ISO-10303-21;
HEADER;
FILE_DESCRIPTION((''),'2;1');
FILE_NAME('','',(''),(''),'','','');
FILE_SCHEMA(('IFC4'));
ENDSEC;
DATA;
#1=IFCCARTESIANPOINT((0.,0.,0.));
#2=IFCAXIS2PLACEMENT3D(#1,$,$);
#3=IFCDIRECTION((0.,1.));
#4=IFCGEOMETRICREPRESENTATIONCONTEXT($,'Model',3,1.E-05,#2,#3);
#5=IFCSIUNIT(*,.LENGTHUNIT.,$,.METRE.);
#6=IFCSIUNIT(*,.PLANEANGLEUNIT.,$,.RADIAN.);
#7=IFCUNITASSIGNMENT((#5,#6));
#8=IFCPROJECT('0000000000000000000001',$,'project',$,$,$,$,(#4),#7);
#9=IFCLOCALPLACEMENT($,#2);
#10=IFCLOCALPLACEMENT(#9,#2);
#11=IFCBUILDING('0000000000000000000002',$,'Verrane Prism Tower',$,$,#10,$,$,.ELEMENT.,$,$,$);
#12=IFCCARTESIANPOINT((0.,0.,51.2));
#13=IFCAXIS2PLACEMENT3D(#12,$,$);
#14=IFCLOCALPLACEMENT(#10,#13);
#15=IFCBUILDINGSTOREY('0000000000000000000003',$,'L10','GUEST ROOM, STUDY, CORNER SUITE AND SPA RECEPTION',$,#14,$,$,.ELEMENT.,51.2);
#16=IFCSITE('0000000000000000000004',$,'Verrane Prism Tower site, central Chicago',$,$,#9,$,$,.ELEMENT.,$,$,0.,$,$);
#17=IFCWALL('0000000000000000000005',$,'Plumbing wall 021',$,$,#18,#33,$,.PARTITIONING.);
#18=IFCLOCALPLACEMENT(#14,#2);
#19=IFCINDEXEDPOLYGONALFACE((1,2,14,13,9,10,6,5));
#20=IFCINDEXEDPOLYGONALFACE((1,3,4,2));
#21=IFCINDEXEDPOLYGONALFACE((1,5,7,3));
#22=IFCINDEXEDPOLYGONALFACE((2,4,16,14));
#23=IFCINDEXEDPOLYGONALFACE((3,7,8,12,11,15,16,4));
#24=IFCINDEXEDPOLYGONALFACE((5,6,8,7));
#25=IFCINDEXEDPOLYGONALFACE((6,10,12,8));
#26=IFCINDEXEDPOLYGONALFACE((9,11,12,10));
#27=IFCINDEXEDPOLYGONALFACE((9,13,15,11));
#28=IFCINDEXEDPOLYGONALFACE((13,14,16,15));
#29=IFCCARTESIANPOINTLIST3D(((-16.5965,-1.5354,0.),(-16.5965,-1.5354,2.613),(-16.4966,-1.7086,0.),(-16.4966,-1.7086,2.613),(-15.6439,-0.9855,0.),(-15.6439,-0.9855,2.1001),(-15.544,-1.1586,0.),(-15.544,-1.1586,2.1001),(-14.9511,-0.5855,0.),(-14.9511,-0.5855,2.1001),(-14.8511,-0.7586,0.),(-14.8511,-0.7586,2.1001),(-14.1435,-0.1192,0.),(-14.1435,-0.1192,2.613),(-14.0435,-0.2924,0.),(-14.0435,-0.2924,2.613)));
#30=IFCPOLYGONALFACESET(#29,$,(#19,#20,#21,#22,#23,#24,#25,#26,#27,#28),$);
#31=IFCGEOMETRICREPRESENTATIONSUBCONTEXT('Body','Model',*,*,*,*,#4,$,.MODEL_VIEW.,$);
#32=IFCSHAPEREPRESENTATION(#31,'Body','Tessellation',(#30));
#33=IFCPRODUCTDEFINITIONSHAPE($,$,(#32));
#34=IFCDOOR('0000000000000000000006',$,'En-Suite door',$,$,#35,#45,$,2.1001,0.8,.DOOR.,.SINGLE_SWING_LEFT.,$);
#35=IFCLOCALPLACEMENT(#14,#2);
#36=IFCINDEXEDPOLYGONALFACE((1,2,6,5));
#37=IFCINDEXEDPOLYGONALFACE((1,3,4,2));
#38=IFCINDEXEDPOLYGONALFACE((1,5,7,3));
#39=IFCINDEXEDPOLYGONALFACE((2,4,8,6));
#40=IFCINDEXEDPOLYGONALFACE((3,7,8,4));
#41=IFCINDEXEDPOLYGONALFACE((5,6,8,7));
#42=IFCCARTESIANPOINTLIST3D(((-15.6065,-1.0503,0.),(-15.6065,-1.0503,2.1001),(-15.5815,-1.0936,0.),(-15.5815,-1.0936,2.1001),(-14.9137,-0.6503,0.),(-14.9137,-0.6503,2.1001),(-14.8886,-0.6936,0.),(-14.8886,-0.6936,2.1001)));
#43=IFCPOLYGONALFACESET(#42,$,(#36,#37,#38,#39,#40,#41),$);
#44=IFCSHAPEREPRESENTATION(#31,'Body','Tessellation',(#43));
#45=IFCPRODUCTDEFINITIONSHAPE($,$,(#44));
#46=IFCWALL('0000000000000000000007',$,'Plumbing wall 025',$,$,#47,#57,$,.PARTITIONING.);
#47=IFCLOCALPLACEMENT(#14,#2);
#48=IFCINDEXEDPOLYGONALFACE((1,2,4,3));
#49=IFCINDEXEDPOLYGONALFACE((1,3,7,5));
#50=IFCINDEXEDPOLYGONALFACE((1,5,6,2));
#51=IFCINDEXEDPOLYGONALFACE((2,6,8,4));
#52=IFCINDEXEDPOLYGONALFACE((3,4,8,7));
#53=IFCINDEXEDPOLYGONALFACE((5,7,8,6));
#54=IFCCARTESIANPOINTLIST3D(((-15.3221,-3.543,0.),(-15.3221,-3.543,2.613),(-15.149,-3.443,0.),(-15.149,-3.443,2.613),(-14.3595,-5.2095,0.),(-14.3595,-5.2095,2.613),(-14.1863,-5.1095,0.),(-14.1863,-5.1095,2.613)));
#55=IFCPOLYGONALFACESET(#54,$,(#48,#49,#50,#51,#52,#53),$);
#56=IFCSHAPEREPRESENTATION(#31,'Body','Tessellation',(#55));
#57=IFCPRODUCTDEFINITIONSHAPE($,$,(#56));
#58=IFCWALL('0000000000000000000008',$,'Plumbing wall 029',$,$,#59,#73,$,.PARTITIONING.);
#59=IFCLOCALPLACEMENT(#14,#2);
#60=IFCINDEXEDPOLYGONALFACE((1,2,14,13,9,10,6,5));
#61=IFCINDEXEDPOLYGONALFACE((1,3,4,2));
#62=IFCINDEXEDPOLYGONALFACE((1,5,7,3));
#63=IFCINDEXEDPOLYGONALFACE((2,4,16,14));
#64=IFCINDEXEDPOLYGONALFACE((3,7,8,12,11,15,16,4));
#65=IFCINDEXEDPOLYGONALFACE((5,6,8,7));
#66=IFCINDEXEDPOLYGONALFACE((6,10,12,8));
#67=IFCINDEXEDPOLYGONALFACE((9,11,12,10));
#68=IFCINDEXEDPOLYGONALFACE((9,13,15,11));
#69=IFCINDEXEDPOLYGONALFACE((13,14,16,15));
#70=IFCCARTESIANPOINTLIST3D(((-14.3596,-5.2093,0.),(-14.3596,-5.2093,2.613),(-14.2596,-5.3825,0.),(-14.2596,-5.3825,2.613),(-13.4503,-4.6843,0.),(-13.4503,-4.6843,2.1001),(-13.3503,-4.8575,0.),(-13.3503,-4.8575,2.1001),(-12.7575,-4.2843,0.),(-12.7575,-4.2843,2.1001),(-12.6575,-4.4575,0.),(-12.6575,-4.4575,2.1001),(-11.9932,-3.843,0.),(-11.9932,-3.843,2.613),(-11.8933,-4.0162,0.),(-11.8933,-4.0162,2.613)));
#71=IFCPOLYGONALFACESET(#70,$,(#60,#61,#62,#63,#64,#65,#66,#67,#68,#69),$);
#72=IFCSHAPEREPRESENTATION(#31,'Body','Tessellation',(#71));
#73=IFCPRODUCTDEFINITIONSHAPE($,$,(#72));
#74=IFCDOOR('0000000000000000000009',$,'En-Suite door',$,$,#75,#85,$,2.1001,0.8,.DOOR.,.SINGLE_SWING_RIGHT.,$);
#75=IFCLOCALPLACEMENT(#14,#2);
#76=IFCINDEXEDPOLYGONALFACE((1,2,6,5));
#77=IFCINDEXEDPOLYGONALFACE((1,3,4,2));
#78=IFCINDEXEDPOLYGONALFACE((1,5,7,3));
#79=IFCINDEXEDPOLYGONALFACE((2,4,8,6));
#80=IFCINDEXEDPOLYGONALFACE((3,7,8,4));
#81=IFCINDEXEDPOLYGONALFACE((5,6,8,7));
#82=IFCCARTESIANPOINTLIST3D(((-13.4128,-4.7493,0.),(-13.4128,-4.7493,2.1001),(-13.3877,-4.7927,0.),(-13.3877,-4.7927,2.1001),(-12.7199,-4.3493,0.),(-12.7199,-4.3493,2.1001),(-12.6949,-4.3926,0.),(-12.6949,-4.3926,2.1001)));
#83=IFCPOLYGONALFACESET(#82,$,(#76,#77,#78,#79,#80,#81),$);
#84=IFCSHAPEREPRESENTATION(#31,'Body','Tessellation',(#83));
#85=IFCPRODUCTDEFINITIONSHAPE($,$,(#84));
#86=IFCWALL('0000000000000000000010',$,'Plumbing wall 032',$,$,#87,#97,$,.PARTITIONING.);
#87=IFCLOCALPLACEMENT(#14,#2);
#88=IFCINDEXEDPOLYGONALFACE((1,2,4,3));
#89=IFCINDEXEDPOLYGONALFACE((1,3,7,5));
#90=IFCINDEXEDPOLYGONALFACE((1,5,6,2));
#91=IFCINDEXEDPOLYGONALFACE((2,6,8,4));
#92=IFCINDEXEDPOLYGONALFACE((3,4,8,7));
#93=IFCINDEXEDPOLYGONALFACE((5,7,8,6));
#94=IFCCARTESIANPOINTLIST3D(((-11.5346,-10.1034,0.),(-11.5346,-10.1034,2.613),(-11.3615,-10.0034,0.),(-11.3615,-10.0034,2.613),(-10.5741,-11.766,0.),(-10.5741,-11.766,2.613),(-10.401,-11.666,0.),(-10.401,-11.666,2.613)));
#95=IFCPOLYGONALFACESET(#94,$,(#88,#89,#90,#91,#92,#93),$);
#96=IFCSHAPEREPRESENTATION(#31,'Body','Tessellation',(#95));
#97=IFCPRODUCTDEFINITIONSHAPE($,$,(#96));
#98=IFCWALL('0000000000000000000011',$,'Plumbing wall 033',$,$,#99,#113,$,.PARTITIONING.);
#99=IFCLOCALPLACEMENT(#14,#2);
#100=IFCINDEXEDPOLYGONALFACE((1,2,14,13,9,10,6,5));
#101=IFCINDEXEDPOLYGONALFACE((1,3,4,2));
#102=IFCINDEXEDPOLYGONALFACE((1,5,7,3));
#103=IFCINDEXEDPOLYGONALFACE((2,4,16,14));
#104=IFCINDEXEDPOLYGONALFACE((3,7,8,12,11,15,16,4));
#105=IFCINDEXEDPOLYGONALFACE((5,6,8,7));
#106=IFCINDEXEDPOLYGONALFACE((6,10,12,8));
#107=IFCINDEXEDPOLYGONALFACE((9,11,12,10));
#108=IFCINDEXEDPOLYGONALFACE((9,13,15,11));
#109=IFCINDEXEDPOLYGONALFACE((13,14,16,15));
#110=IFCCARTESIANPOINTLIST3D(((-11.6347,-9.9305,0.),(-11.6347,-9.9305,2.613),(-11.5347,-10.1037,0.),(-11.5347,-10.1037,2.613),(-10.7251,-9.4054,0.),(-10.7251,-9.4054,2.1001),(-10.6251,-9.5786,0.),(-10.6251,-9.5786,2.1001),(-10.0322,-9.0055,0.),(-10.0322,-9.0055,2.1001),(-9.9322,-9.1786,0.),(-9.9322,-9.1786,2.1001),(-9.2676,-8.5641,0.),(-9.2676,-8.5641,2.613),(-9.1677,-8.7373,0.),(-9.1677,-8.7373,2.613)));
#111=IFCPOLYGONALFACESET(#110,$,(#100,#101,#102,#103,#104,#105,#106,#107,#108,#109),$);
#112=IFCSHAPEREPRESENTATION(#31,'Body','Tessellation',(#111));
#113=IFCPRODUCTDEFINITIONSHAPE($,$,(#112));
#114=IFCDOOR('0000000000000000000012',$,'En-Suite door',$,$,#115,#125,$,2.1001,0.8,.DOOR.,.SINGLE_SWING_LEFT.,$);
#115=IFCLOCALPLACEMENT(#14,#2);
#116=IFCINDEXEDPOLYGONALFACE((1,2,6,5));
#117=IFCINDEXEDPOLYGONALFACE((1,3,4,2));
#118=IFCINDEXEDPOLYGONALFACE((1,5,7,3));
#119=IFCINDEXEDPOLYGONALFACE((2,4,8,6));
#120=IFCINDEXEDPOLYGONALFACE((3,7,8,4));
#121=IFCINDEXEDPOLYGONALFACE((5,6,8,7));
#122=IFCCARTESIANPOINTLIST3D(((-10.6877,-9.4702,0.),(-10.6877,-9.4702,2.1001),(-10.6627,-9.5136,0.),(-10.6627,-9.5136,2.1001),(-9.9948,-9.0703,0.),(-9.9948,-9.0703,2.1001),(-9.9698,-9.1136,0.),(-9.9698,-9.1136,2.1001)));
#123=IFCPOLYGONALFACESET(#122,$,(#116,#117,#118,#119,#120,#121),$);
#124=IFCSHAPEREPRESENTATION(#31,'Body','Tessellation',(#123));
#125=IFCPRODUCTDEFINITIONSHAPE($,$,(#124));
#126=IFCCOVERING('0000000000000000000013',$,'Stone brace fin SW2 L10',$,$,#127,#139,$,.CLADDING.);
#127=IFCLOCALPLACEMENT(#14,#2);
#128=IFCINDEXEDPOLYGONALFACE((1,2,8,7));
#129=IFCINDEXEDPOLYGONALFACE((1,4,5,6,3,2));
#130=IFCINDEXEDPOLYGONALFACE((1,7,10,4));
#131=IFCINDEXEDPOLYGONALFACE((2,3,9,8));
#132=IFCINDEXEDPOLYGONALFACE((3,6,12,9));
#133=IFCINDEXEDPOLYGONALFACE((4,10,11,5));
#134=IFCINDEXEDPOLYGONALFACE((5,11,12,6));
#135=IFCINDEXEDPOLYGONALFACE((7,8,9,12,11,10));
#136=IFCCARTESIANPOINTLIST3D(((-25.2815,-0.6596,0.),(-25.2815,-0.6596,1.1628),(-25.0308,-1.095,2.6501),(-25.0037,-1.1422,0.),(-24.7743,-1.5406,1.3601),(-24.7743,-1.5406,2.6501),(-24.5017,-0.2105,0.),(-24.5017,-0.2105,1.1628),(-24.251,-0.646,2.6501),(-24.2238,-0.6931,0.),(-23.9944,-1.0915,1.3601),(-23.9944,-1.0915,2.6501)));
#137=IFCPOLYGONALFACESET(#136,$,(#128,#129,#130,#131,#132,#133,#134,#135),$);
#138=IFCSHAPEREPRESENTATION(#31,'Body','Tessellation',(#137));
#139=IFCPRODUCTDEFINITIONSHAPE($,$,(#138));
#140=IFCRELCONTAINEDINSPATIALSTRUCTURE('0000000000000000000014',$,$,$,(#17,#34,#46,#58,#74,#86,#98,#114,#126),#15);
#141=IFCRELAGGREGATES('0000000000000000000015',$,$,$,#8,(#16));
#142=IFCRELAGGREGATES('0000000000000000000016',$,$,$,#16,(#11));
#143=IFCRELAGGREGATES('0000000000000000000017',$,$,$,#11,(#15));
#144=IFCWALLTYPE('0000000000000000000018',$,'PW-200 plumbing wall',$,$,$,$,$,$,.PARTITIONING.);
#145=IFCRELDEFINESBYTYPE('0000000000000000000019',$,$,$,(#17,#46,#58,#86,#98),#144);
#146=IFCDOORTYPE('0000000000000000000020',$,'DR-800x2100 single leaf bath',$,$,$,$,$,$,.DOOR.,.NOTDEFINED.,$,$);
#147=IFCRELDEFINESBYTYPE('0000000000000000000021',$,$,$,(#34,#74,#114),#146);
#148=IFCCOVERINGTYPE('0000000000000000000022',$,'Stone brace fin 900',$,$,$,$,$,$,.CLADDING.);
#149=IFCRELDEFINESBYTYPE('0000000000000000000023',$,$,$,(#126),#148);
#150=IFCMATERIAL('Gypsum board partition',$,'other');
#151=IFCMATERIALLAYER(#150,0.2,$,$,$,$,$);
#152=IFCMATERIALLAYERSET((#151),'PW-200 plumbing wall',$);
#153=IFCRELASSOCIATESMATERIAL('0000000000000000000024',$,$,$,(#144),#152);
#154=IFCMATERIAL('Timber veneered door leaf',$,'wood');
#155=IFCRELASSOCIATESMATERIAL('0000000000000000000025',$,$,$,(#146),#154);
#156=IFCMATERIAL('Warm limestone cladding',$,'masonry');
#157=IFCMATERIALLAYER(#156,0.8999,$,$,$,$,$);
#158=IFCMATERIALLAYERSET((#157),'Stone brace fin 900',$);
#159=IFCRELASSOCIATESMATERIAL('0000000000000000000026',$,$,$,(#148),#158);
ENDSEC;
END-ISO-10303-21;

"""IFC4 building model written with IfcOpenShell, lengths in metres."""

from ifc_helpers import new_model, si_unit, direction, frame, frame_2d, origin, place, context, subcontext, project, spatial, polyline, rectangle, outline, extrude, material, layer, layer_set, type_object, element, fill, save


model = new_model("IFC4")

# Units and contexts
model_context = context("Model", 3, precision=1e-05, world=origin(), true_north=direction((0.0, 1.0)))
body_context = subcontext(model_context, "Body", "Model", "MODEL_VIEW")
ifc_project = project(units=[si_unit("LENGTHUNIT", "METRE"), si_unit("PLANEANGLEUNIT", "RADIAN")], contexts=[model_context])

# Site, building, storey
site_placement = place(None, origin())
site = spatial("IfcSite", under=ifc_project, at=site_placement, Name="Verrane Prism Tower site, central Chicago", CompositionType="ELEMENT", RefElevation=0.0)
building_placement = place(site_placement, origin())
building = spatial("IfcBuilding", under=site, at=building_placement, Name="Verrane Prism Tower", CompositionType="ELEMENT")
storey_placement = place(building_placement, frame((0.0, 0.0, 51.2)))
storey = spatial("IfcBuildingStorey", under=building, at=storey_placement, Name="L10", Description="GUEST ROOM, STUDY, CORNER SUITE AND SPA RECEPTION", CompositionType="ELEMENT", Elevation=51.2)

# Shared definitions
ifc_material_1 = material(Name="Gypsum board partition", Category="other")
ifc_layer_1 = layer(ifc_material_1, 0.2)
ifc_layer_set_1 = layer_set([ifc_layer_1], Name="PW-200 plumbing wall")
wall_type_1 = type_object("IfcWallType", Name="PW-200 plumbing wall", PredefinedType="PARTITIONING", material=ifc_layer_set_1)

# Wall, opening, door
wall_1_placement = place(storey_placement, frame((-14.0935, -0.2058, 0.0), z_axis=(0.0, 0.0, 1.0), x_axis=(-0.866033, -0.499986, 0.0)))
wall_1 = element("IfcWall", 1, at=wall_1_placement, inside=storey, type_object=wall_type_1, Name="Plumbing wall 021", PredefinedType="PARTITIONING", context=body_context, shape_type="SweptSolid", body=[
    extrude(rectangle(XDim=2.8325, YDim=0.2, at=frame_2d((1.4163, 0.0))), origin(), (0.0, 0.0, 1.0), 2.613),
])
opening_1_placement = place(wall_1_placement, frame((0.9326, 0.0, 0.0)))
opening_1 = element("IfcOpeningElement", 2, at=opening_1_placement, cuts=wall_1, PredefinedType="OPENING", context=body_context, shape_type="SweptSolid", body=[
    extrude(rectangle(XDim=0.8, YDim=2.1001, at=frame_2d((0.3999, 1.05))), frame((0.0, 0.1099, 0.0), z_axis=(0.0, -1.0, 0.0), x_axis=(1.0, 0.0, 0.0)), (0.0, 0.0, 1.0), 0.22),
])
ifc_material_2 = material(Name="Timber veneered door leaf", Category="wood")
door_type = type_object("IfcDoorType", Name="DR-800x2100 single leaf bath", OperationType="NOTDEFINED", PredefinedType="DOOR", material=ifc_material_2)
door_1_placement = place(opening_1_placement, origin())
door_1 = element("IfcDoor", 3, at=door_1_placement, inside=storey, type_object=door_type, Name="En-Suite door", OperationType="SINGLE_SWING_LEFT", OverallHeight=2.1001, OverallWidth=0.8, PredefinedType="DOOR", context=body_context, shape_type="SweptSolid", body=[
    extrude(rectangle(XDim=0.8, YDim=2.1001, at=frame_2d((0.3999, 1.05))), frame((0.0, 0.0249, 0.0), z_axis=(0.0, -1.0, 0.0), x_axis=(1.0, 0.0, 0.0)), (0.0, 0.0, 1.0), 0.05),
])
fill(opening_1, door_1)

# Wall
wall_2_placement = place(storey_placement, frame((-15.2356, -3.4929, 0.0), z_axis=(0.0, 0.0, 1.0), x_axis=(0.500191, -0.865915, 0.0)))
element("IfcWall", 4, at=wall_2_placement, inside=storey, type_object=wall_type_1, Name="Plumbing wall 025", PredefinedType="PARTITIONING", context=body_context, shape_type="SweptSolid", body=[
    extrude(rectangle(XDim=1.9246, YDim=0.2, at=frame_2d((0.9624, 0.0))), origin(), (0.0, 0.0, 1.0), 2.613),
])

# Wall, opening, door
wall_3_placement = place(storey_placement, frame((-14.3096, -5.2959, 0.0), z_axis=(0.0, 0.0, 1.0), x_axis=(0.866013, 0.500022, 0.0)))
wall_3 = element("IfcWall", 5, at=wall_3_placement, inside=storey, type_object=wall_type_1, Name="Plumbing wall 029", PredefinedType="PARTITIONING", context=body_context, shape_type="SweptSolid", body=[
    extrude(rectangle(XDim=2.7324, YDim=0.2, at=frame_2d((1.3662, 0.0))), origin(), (0.0, 0.0, 1.0), 2.613),
])
opening_2_placement = place(wall_3_placement, frame((1.05, 0.0, 0.0)))
opening_2 = element("IfcOpeningElement", 6, at=opening_2_placement, cuts=wall_3, PredefinedType="OPENING", context=body_context, shape_type="SweptSolid", body=[
    extrude(rectangle(XDim=0.8, YDim=2.1001, at=frame_2d((0.3999, 1.05))), frame((0.0, 0.1099, 0.0), z_axis=(0.0, -1.0, 0.0), x_axis=(1.0, 0.0, 0.0)), (0.0, 0.0, 1.0), 0.22),
])
door_2_placement = place(opening_2_placement, origin())
door_2 = element("IfcDoor", 7, at=door_2_placement, inside=storey, type_object=door_type, Name="En-Suite door", OperationType="SINGLE_SWING_RIGHT", OverallHeight=2.1001, OverallWidth=0.8, PredefinedType="DOOR", context=body_context, shape_type="SweptSolid", body=[
    extrude(rectangle(XDim=0.8, YDim=2.1001, at=frame_2d((0.3999, 1.05))), frame((0.0, 0.0249, 0.0), z_axis=(0.0, -1.0, 0.0), x_axis=(1.0, 0.0, 0.0)), (0.0, 0.0, 1.0), 0.05),
])
fill(opening_2, door_2)

# Wall
wall_4_placement = place(storey_placement, frame((-11.448, -10.0535, 0.0), z_axis=(0.0, 0.0, 1.0), x_axis=(0.500214, -0.865902, 0.0)))
element("IfcWall", 8, at=wall_4_placement, inside=storey, type_object=wall_type_1, Name="Plumbing wall 032", PredefinedType="PARTITIONING", context=body_context, shape_type="SweptSolid", body=[
    extrude(rectangle(XDim=1.9202, YDim=0.2, at=frame_2d((0.96, 0.0))), origin(), (0.0, 0.0, 1.0), 2.613),
])

# Wall, opening, door
wall_5_placement = place(storey_placement, frame((-9.2175, -8.6506, 0.0), z_axis=(0.0, 0.0, 1.0), x_axis=(-0.866064, -0.499934, 0.0)))
wall_5 = element("IfcWall", 9, at=wall_5_placement, inside=storey, type_object=wall_type_1, Name="Plumbing wall 033", PredefinedType="PARTITIONING", context=body_context, shape_type="SweptSolid", body=[
    extrude(rectangle(XDim=2.7332, YDim=0.2, at=frame_2d((1.3667, 0.0))), origin(), (0.0, 0.0, 1.0), 2.613),
])
opening_3_placement = place(wall_5_placement, frame((0.8831, 0.0, 0.0)))
opening_3 = element("IfcOpeningElement", 10, at=opening_3_placement, cuts=wall_5, PredefinedType="OPENING", context=body_context, shape_type="SweptSolid", body=[
    extrude(rectangle(XDim=0.8, YDim=2.1001, at=frame_2d((0.3999, 1.05))), frame((0.0, 0.1099, 0.0), z_axis=(0.0, -1.0, 0.0), x_axis=(1.0, 0.0, 0.0)), (0.0, 0.0, 1.0), 0.22),
])
door_3_placement = place(opening_3_placement, origin())
door_3 = element("IfcDoor", 11, at=door_3_placement, inside=storey, type_object=door_type, Name="En-Suite door", OperationType="SINGLE_SWING_LEFT", OverallHeight=2.1001, OverallWidth=0.8, PredefinedType="DOOR", context=body_context, shape_type="SweptSolid", body=[
    extrude(rectangle(XDim=0.8, YDim=2.1001, at=frame_2d((0.3999, 1.05))), frame((0.0, 0.0249, 0.0), z_axis=(0.0, -1.0, 0.0), x_axis=(1.0, 0.0, 0.0)), (0.0, 0.0, 1.0), 0.05),
])
fill(opening_3, door_3)

# Covering
ifc_material_3 = material(Name="Warm limestone cladding", Category="masonry")
ifc_layer_2 = layer(ifc_material_3, 0.8999)
ifc_layer_set_2 = layer_set([ifc_layer_2], Name="Stone brace fin 900")
covering_type = type_object("IfcCoveringType", Name="Stone brace fin 900", PredefinedType="CLADDING", material=ifc_layer_set_2)
covering_placement = place(storey_placement, frame((-24.8916, -0.4351, 0.0), z_axis=(0.0, 0.0, 1.0), x_axis=(0.498981, -0.866613, 0.0)))
element("IfcCovering", 12, at=covering_placement, inside=storey, type_object=covering_type, Name="Stone brace fin SW2 L10", PredefinedType="CLADDING", context=body_context, shape_type="SweptSolid", body=[
    extrude(outline(polyline([(1.0166, 2.6501), (0.5024, 2.6501), (0.0, 1.1628), (0.0, 0.0), (0.5569, 0.0), (1.0166, 1.3601), (1.0166, 2.6501)])), frame((0.0, 0.45, 0.0), z_axis=(0.0, -1.0, 0.0), x_axis=(1.0, 0.0, 0.0)), (0.0, 0.0, 1.0), 0.8999),
])

save(model, "model.ifc")
